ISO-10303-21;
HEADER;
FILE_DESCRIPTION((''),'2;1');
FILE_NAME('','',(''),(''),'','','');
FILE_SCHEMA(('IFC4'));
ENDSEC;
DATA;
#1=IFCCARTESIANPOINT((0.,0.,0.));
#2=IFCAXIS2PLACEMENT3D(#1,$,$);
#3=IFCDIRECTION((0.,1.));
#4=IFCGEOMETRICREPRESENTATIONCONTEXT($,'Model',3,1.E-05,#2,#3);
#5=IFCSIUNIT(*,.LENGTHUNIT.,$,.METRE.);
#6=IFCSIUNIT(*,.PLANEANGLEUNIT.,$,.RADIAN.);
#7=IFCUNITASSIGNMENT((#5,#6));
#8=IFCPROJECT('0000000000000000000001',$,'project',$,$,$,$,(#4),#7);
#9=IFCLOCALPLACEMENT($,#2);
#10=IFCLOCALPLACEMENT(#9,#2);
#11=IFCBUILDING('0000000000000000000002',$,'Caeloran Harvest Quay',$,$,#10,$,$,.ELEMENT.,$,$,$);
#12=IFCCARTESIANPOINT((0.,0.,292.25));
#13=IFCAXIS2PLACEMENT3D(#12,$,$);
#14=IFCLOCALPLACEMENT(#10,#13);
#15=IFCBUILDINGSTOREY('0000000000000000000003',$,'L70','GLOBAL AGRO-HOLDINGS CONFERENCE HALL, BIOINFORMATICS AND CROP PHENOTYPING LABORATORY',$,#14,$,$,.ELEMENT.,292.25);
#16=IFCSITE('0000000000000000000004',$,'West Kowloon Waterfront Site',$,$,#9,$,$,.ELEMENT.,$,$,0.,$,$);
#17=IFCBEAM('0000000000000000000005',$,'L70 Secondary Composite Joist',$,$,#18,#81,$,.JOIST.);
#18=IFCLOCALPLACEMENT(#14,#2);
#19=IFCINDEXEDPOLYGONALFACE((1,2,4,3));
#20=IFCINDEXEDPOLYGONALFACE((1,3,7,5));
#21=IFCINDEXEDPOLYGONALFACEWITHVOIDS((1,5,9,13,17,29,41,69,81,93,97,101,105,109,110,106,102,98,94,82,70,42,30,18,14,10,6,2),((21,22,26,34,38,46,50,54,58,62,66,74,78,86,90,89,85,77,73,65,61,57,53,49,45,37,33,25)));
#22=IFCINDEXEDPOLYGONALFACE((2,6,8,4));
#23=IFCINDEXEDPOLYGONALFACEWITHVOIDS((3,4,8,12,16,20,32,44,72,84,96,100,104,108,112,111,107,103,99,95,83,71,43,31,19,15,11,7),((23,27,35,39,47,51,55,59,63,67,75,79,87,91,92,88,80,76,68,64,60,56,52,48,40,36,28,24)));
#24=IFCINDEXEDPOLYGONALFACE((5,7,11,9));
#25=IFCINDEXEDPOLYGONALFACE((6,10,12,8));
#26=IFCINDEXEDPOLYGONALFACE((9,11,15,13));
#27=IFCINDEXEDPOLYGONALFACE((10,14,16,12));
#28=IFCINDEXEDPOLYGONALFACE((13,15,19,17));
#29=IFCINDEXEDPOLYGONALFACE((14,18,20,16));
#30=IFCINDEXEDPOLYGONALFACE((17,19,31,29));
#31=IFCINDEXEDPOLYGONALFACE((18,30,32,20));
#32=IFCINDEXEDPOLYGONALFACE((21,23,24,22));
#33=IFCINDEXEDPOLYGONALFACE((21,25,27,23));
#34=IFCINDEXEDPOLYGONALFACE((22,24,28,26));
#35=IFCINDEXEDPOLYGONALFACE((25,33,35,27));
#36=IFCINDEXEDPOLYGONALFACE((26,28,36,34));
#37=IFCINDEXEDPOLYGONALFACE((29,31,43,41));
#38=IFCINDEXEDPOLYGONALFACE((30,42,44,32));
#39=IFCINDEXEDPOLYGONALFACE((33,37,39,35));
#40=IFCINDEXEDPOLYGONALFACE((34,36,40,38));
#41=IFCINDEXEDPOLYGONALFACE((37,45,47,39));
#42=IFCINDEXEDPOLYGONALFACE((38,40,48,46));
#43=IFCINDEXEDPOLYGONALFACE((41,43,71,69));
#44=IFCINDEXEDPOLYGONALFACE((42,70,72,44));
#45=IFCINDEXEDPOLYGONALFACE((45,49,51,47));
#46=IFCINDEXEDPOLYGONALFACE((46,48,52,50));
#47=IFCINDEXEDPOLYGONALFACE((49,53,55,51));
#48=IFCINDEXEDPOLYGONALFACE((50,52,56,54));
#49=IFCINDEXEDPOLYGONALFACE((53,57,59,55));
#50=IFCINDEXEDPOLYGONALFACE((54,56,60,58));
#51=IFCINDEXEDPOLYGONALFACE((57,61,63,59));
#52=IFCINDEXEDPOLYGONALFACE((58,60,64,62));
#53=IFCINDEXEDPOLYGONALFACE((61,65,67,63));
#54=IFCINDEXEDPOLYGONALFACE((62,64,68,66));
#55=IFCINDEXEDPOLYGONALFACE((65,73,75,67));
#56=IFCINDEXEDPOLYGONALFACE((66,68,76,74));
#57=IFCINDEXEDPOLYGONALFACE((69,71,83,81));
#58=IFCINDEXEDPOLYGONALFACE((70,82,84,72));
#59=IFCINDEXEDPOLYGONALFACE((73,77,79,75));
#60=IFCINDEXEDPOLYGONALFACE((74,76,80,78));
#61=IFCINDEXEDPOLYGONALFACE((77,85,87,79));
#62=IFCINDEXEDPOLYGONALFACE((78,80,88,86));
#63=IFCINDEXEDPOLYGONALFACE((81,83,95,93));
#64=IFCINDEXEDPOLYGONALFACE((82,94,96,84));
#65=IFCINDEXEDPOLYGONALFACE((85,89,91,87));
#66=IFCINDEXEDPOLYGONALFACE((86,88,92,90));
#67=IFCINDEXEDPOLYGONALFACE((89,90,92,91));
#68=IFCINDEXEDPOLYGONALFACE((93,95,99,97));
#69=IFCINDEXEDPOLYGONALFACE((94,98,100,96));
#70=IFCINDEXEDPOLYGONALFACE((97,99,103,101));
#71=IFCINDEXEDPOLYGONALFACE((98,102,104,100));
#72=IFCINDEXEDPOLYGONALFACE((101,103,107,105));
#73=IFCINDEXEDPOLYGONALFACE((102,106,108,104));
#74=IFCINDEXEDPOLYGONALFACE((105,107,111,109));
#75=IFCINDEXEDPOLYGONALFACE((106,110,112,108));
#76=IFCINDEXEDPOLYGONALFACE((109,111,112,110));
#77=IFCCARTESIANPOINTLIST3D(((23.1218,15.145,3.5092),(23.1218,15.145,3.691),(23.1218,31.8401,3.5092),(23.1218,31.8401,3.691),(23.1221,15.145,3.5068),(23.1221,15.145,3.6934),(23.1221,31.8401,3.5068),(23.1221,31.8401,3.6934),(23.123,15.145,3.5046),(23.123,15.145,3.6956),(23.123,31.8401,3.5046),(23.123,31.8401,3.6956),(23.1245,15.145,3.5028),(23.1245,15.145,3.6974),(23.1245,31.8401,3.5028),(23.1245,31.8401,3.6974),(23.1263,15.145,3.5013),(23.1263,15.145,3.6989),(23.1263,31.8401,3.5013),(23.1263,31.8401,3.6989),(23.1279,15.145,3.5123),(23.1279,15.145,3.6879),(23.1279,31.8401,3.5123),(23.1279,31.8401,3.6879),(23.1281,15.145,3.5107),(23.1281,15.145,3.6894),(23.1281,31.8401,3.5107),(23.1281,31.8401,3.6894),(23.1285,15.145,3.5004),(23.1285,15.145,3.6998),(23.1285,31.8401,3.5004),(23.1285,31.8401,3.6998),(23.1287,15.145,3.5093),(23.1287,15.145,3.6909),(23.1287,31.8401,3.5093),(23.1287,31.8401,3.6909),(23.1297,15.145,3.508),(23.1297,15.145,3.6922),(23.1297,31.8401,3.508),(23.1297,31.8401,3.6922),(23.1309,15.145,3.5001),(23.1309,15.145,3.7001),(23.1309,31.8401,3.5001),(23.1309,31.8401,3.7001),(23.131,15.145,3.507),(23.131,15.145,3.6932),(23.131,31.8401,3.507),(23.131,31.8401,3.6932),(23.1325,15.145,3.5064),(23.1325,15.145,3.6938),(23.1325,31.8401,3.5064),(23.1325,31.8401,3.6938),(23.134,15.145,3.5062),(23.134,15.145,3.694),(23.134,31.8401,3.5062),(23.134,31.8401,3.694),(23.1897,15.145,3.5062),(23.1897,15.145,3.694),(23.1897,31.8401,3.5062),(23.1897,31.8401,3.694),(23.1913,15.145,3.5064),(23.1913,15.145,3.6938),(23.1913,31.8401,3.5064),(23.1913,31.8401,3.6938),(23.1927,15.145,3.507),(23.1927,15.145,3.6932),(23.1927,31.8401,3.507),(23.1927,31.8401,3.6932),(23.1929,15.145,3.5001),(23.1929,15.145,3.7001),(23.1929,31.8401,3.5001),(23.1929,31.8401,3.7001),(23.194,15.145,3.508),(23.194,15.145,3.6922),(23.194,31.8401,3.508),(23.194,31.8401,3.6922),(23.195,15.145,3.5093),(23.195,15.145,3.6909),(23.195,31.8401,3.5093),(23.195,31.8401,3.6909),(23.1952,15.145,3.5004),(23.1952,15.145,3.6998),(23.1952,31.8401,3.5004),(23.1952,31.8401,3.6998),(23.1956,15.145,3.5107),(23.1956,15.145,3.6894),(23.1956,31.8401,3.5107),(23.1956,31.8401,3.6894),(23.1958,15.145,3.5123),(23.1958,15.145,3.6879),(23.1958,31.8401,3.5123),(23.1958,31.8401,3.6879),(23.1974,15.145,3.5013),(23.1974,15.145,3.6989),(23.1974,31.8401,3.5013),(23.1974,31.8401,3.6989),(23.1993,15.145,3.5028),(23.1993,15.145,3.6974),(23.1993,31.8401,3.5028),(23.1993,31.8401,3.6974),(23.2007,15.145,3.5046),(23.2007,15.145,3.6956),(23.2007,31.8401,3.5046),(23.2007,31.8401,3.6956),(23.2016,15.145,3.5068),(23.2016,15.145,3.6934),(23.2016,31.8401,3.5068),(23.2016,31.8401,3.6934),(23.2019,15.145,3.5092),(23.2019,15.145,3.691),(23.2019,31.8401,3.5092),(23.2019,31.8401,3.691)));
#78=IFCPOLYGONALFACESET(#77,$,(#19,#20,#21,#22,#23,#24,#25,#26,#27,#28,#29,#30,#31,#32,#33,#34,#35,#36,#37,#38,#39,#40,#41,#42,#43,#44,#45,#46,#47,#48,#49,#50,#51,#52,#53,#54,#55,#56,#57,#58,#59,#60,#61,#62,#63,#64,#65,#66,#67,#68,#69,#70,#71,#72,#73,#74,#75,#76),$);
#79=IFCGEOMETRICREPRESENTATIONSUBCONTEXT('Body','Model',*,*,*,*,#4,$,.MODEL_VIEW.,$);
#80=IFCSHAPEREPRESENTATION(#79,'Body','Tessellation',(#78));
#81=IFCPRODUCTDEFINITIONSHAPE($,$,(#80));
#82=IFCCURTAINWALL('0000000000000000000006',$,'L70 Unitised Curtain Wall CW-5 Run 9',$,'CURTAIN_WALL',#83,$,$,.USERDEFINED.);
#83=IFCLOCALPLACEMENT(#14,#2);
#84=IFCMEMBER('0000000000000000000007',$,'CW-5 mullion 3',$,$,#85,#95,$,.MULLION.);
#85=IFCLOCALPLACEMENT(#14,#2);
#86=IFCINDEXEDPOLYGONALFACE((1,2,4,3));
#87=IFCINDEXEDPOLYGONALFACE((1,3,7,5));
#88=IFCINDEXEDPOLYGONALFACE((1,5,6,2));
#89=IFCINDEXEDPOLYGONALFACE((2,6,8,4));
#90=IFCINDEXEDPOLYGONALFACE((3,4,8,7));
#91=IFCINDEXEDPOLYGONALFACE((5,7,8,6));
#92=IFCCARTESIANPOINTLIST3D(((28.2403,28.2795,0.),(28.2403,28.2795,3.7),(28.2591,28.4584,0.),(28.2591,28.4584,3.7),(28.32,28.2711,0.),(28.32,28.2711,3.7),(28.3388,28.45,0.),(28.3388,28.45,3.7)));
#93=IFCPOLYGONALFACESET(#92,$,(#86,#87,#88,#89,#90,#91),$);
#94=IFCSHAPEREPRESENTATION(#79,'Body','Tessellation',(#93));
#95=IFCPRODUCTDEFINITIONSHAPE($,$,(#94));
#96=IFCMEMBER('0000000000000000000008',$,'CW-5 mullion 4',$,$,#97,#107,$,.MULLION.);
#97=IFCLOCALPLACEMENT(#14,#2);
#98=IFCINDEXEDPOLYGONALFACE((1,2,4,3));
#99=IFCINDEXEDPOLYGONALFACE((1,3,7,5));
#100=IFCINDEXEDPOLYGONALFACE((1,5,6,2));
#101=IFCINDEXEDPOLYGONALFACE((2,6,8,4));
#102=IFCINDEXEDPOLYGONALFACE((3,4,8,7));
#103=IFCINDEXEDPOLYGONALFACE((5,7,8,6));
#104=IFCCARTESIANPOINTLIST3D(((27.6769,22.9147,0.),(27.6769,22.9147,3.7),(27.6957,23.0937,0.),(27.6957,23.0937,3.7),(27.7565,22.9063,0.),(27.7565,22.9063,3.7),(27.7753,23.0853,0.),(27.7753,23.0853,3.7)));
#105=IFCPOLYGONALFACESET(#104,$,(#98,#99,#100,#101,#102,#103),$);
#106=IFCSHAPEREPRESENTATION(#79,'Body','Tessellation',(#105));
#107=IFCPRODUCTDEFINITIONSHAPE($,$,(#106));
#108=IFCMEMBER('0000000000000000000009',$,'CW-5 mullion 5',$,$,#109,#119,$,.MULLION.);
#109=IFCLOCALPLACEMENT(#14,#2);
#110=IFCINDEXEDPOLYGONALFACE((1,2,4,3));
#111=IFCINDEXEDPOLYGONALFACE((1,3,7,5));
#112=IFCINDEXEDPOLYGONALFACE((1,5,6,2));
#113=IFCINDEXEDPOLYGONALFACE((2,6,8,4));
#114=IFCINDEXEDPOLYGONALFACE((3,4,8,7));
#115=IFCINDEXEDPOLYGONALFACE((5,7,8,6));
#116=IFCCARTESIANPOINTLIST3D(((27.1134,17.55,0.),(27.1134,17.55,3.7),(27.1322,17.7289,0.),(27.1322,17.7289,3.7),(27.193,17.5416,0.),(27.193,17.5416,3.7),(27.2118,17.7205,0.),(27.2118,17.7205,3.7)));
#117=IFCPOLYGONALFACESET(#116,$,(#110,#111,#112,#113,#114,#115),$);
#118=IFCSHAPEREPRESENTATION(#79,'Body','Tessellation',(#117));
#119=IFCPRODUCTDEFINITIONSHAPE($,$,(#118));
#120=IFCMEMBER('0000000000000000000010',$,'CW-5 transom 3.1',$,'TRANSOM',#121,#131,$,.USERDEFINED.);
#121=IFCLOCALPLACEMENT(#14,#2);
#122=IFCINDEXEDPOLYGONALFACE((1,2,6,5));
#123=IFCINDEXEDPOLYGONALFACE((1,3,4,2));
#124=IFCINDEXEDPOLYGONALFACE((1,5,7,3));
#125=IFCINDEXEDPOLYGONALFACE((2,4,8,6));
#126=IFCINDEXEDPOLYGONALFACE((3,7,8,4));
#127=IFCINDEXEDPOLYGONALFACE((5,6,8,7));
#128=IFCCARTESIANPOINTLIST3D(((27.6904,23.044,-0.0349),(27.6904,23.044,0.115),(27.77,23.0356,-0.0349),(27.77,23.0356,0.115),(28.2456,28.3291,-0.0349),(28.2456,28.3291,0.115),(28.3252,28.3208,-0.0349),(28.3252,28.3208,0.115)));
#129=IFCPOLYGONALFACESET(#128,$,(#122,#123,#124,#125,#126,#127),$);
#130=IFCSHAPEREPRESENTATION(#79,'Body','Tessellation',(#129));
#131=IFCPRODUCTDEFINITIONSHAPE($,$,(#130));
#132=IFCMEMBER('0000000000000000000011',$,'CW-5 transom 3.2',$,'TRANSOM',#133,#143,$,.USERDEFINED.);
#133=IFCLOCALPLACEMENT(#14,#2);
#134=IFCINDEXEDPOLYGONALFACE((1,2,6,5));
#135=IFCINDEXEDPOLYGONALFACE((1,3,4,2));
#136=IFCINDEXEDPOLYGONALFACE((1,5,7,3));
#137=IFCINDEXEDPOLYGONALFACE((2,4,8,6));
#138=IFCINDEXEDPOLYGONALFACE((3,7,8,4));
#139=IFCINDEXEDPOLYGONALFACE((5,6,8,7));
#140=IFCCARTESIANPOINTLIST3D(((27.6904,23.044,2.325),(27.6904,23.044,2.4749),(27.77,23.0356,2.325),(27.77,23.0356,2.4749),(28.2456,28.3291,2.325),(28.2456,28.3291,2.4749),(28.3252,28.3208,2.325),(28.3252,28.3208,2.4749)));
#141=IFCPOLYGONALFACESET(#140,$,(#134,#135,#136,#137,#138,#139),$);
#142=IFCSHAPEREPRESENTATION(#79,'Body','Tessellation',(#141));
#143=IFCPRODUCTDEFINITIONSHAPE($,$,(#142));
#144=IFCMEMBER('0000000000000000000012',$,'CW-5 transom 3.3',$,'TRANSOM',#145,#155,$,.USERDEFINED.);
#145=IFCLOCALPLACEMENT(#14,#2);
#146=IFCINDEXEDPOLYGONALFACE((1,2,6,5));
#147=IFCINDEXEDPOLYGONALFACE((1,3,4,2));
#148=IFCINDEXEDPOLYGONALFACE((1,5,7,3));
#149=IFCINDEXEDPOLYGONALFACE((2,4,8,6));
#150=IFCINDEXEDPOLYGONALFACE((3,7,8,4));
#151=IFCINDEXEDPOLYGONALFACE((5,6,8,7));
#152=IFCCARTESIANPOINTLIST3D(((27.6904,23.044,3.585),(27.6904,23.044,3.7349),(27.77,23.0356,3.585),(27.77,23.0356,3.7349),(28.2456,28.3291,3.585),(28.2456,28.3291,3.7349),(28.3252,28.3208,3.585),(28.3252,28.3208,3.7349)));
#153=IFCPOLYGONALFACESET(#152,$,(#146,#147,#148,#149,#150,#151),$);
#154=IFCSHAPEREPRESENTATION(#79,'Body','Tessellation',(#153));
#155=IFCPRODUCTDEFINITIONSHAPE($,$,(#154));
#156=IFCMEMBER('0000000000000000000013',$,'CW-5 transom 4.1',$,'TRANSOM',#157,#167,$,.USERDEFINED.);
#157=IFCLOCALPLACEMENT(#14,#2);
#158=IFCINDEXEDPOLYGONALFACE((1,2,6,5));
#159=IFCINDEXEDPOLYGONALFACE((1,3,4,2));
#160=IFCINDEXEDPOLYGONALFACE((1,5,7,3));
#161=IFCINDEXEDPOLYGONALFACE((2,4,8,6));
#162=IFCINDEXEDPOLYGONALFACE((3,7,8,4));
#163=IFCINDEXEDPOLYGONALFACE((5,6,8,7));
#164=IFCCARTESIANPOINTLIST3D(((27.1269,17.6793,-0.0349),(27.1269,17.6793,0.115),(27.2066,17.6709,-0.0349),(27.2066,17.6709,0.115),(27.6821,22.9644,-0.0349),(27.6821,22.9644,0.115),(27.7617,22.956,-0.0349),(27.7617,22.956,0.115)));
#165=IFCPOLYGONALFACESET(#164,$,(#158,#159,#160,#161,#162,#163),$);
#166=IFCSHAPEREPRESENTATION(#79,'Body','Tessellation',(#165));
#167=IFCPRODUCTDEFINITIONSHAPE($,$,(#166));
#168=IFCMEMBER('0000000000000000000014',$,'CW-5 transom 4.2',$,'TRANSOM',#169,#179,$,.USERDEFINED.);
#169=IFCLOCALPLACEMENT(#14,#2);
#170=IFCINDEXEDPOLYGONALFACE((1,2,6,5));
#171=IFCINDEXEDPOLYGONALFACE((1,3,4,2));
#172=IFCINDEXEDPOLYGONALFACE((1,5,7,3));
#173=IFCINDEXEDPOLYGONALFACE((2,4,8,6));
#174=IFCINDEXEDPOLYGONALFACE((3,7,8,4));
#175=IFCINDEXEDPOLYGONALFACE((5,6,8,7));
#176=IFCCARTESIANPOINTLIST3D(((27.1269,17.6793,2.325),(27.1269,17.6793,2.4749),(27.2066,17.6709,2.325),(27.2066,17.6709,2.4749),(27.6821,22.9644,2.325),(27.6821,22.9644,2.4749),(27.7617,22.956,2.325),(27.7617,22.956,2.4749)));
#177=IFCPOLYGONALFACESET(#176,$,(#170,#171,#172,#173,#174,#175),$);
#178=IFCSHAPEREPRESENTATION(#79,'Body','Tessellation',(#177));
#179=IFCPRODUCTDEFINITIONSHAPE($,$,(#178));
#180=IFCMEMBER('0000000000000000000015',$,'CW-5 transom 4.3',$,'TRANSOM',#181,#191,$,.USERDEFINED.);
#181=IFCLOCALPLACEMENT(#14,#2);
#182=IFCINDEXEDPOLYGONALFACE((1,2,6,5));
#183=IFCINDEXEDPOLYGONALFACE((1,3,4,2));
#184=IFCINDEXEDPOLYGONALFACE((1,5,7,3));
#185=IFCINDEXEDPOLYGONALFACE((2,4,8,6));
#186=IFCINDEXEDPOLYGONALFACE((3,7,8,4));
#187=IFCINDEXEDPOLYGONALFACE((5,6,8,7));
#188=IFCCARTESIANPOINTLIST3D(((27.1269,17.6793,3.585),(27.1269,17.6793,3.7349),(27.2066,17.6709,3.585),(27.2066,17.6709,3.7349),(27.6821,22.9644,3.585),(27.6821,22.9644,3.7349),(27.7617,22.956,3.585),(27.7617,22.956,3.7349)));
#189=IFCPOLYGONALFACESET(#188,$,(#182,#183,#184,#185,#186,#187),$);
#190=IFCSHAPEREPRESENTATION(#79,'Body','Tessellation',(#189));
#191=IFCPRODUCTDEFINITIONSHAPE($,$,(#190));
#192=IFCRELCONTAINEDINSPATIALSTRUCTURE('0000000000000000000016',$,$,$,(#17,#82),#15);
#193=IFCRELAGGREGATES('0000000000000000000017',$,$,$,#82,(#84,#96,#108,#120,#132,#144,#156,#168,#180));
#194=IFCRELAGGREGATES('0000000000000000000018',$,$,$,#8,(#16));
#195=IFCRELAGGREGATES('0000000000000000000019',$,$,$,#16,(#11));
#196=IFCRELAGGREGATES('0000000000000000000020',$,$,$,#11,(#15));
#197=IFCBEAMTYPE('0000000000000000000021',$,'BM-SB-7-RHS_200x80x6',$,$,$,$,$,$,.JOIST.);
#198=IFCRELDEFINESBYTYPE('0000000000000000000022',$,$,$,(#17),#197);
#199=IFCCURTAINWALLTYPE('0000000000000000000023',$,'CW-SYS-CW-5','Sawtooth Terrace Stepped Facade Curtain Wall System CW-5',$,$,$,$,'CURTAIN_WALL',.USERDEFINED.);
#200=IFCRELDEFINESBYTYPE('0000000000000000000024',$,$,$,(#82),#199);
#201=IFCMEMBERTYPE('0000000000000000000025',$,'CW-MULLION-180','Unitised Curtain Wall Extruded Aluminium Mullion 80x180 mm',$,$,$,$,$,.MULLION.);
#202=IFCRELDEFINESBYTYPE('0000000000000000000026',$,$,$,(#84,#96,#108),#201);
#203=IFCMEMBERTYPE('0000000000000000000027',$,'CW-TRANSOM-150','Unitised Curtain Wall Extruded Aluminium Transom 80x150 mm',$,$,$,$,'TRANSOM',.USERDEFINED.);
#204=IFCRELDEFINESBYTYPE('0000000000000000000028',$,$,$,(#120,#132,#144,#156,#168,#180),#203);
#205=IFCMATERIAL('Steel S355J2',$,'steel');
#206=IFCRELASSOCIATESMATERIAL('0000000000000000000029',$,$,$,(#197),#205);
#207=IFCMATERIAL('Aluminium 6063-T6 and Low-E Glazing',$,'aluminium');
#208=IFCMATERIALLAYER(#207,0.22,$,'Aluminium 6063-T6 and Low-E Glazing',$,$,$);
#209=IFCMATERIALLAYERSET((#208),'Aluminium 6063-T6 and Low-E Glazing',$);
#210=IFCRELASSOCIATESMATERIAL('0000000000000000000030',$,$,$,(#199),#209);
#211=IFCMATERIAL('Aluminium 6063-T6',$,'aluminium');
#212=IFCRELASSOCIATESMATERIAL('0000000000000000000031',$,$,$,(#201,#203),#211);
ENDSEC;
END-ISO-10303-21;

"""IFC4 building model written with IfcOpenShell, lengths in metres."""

from ifc_helpers import new_model, si_unit, direction, frame, origin, origin_2d, place, context, subcontext, project, spatial, rectangle, hollow_rectangle, extrude, material, layer, layer_set, material_profile, profile_set, type_object, element, aggregate, save


model = new_model("IFC4")

# Units and contexts
model_context = context("Model", 3, precision=1e-05, world=origin(), true_north=direction((0.0, 1.0)))
body_context = subcontext(model_context, "Body", "Model", "MODEL_VIEW")
ifc_project = project(units=[si_unit("LENGTHUNIT", "METRE"), si_unit("PLANEANGLEUNIT", "RADIAN")], contexts=[model_context])

# Site, building, storey
site_placement = place(None, origin())
site = spatial("IfcSite", under=ifc_project, at=site_placement, Name="West Kowloon Waterfront Site", CompositionType="ELEMENT", RefElevation=0.0)
building_placement = place(site_placement, origin())
building = spatial("IfcBuilding", under=site, at=building_placement, Name="Caeloran Harvest Quay", CompositionType="ELEMENT")
storey_placement = place(building_placement, frame((0.0, 0.0, 292.25)))
storey = spatial("IfcBuildingStorey", under=building, at=storey_placement, Name="L70", Description="GLOBAL AGRO-HOLDINGS CONFERENCE HALL, BIOINFORMATICS AND CROP PHENOTYPING LABORATORY", CompositionType="ELEMENT", Elevation=292.25)

# Beam
ifc_material_1 = material(Name="Steel S355J2", Category="steel")
ifc_material_profile_1 = material_profile(ifc_material_1, hollow_rectangle(XDim=0.0801, YDim=0.2, WallThickness=0.0061, InnerFilletRadius=0.0061, OuterFilletRadius=0.009, at=origin_2d()), Name="RHS 200x80x6")
ifc_profile_set_1 = profile_set([ifc_material_profile_1], Name="Steel S355J2")
beam_type_1 = type_object("IfcBeamType", Name="BM-SB-7-RHS_200x80x6", PredefinedType="JOIST", material=ifc_profile_set_1)
for number, where, z_axis, x_axis, name in (
    (1, (23.1619, 15.145, 3.6001), (0.0, 1.0, 0.0), (-1.0, 0.0, 0.0), "L70 Secondary Composite Joist"),
):
    element("IfcBeam", number, at=place(storey_placement, frame(where, z_axis=z_axis, x_axis=x_axis)), inside=storey, type_object=beam_type_1, Name=name, PredefinedType="JOIST", context=body_context, shape_type="SweptSolid", body=[
        extrude(hollow_rectangle(XDim=0.0801, YDim=0.2, WallThickness=0.0061, InnerFilletRadius=0.0061, OuterFilletRadius=0.009, at=origin_2d()), origin(), (0.0, 0.0, 1.0), 16.6951),
    ])

# Curtain wall, members
ifc_material_2 = material(Name="Aluminium 6063-T6 and Low-E Glazing", Category="aluminium")
ifc_layer_1 = layer(ifc_material_2, 0.22, Name="Aluminium 6063-T6 and Low-E Glazing")
ifc_layer_set_1 = layer_set([ifc_layer_1], Name="Aluminium 6063-T6 and Low-E Glazing")
curtain_wall_type = type_object("IfcCurtainWallType", Name="CW-SYS-CW-5", Description="Sawtooth Terrace Stepped Facade Curtain Wall System CW-5", ElementType="CURTAIN_WALL", PredefinedType="USERDEFINED", material=ifc_layer_set_1)
curtain_wall_placement = place(storey_placement, origin())
curtain_wall = element("IfcCurtainWall", 2, at=curtain_wall_placement, inside=storey, type_object=curtain_wall_type, Name="L70 Unitised Curtain Wall CW-5 Run 9", ObjectType="CURTAIN_WALL", PredefinedType="USERDEFINED")
ifc_material_3 = material(Name="Aluminium 6063-T6", Category="aluminium")
ifc_material_profile_2 = material_profile(ifc_material_3, rectangle(XDim=0.0801, YDim=0.1799, at=origin_2d()), Name="CW-MULLION-180")
ifc_profile_set_2 = profile_set([ifc_material_profile_2], Name="Aluminium 6063-T6")
member_type_1 = type_object("IfcMemberType", Name="CW-MULLION-180", Description="Unitised Curtain Wall Extruded Aluminium Mullion 80x180 mm", PredefinedType="MULLION", material=ifc_profile_set_2)
member_1_placement = place(storey_placement, frame((28.2896, 28.3647, 0.0), z_axis=(0.0, 0.0, 1.0), x_axis=(0.994529, -0.10446, 0.0)))
member_1 = element("IfcMember", 3, at=member_1_placement, type_object=member_type_1, Name="CW-5 mullion 3", PredefinedType="MULLION", context=body_context, shape_type="SweptSolid", body=[
    extrude(rectangle(XDim=0.0801, YDim=0.1799, at=origin_2d()), origin(), (0.0, 0.0, 1.0), 3.7),
])
member_2_placement = place(storey_placement, frame((27.7261, 23.0, 0.0), z_axis=(0.0, 0.0, 1.0), x_axis=(0.994529, -0.10446, 0.0)))
member_2 = element("IfcMember", 4, at=member_2_placement, type_object=member_type_1, Name="CW-5 mullion 4", PredefinedType="MULLION", context=body_context, shape_type="SweptSolid", body=[
    extrude(rectangle(XDim=0.0801, YDim=0.1799, at=origin_2d()), origin(), (0.0, 0.0, 1.0), 3.7),
])
member_3_placement = place(storey_placement, frame((27.1626, 17.6353, 0.0), z_axis=(0.0, 0.0, 1.0), x_axis=(0.994529, -0.10446, 0.0)))
member_3 = element("IfcMember", 5, at=member_3_placement, type_object=member_type_1, Name="CW-5 mullion 5", PredefinedType="MULLION", context=body_context, shape_type="SweptSolid", body=[
    extrude(rectangle(XDim=0.0801, YDim=0.1799, at=origin_2d()), origin(), (0.0, 0.0, 1.0), 3.7),
])
ifc_material_profile_3 = material_profile(ifc_material_3, rectangle(XDim=0.0801, YDim=0.1499, at=origin_2d()), Name="CW-TRANSOM-150")
ifc_profile_set_3 = profile_set([ifc_material_profile_3], Name="Aluminium 6063-T6")
member_type_2 = type_object("IfcMemberType", Name="CW-TRANSOM-150", Description="Unitised Curtain Wall Extruded Aluminium Transom 80x150 mm", ElementType="TRANSOM", PredefinedType="USERDEFINED", material=ifc_profile_set_3)
member_4_placement = place(storey_placement, frame((28.2854, 28.325, 0.04), z_axis=(-0.10447, -0.994528, 0.0), x_axis=(0.994528, -0.10447, 0.0)))
member_4 = element("IfcMember", 6, at=member_4_placement, type_object=member_type_2, Name="CW-5 transom 3.1", ObjectType="TRANSOM", PredefinedType="USERDEFINED", context=body_context, shape_type="SweptSolid", body=[
    extrude(rectangle(XDim=0.0801, YDim=0.1499, at=origin_2d()), origin(), (0.0, 0.0, 1.0), 5.3142),
])
member_5_placement = place(storey_placement, frame((28.2854, 28.325, 2.3999), z_axis=(-0.10447, -0.994528, 0.0), x_axis=(0.994528, -0.10447, 0.0)))
member_5 = element("IfcMember", 7, at=member_5_placement, type_object=member_type_2, Name="CW-5 transom 3.2", ObjectType="TRANSOM", PredefinedType="USERDEFINED", context=body_context, shape_type="SweptSolid", body=[
    extrude(rectangle(XDim=0.0801, YDim=0.1499, at=origin_2d()), origin(), (0.0, 0.0, 1.0), 5.3142),
])
member_6_placement = place(storey_placement, frame((28.2854, 28.325, 3.6599), z_axis=(-0.10447, -0.994528, 0.0), x_axis=(0.994528, -0.10447, 0.0)))
member_6 = element("IfcMember", 8, at=member_6_placement, type_object=member_type_2, Name="CW-5 transom 3.3", ObjectType="TRANSOM", PredefinedType="USERDEFINED", context=body_context, shape_type="SweptSolid", body=[
    extrude(rectangle(XDim=0.0801, YDim=0.1499, at=origin_2d()), origin(), (0.0, 0.0, 1.0), 5.3142),
])
member_7_placement = place(storey_placement, frame((27.7219, 22.9602, 0.04), z_axis=(-0.10447, -0.994528, 0.0), x_axis=(0.994528, -0.10447, 0.0)))
member_7 = element("IfcMember", 9, at=member_7_placement, type_object=member_type_2, Name="CW-5 transom 4.1", ObjectType="TRANSOM", PredefinedType="USERDEFINED", context=body_context, shape_type="SweptSolid", body=[
    extrude(rectangle(XDim=0.0801, YDim=0.1499, at=origin_2d()), origin(), (0.0, 0.0, 1.0), 5.3142),
])
member_8_placement = place(storey_placement, frame((27.7219, 22.9602, 2.3999), z_axis=(-0.10447, -0.994528, 0.0), x_axis=(0.994528, -0.10447, 0.0)))
member_8 = element("IfcMember", 10, at=member_8_placement, type_object=member_type_2, Name="CW-5 transom 4.2", ObjectType="TRANSOM", PredefinedType="USERDEFINED", context=body_context, shape_type="SweptSolid", body=[
    extrude(rectangle(XDim=0.0801, YDim=0.1499, at=origin_2d()), origin(), (0.0, 0.0, 1.0), 5.3142),
])
member_9_placement = place(storey_placement, frame((27.7219, 22.9602, 3.6599), z_axis=(-0.10447, -0.994528, 0.0), x_axis=(0.994528, -0.10447, 0.0)))
member_9 = element("IfcMember", 11, at=member_9_placement, type_object=member_type_2, Name="CW-5 transom 4.3", ObjectType="TRANSOM", PredefinedType="USERDEFINED", context=body_context, shape_type="SweptSolid", body=[
    extrude(rectangle(XDim=0.0801, YDim=0.1499, at=origin_2d()), origin(), (0.0, 0.0, 1.0), 5.3142),
])
aggregate(curtain_wall, [member_1, member_2, member_3, member_4, member_5, member_6, member_7, member_8, member_9])

save(model, "model.ifc")
